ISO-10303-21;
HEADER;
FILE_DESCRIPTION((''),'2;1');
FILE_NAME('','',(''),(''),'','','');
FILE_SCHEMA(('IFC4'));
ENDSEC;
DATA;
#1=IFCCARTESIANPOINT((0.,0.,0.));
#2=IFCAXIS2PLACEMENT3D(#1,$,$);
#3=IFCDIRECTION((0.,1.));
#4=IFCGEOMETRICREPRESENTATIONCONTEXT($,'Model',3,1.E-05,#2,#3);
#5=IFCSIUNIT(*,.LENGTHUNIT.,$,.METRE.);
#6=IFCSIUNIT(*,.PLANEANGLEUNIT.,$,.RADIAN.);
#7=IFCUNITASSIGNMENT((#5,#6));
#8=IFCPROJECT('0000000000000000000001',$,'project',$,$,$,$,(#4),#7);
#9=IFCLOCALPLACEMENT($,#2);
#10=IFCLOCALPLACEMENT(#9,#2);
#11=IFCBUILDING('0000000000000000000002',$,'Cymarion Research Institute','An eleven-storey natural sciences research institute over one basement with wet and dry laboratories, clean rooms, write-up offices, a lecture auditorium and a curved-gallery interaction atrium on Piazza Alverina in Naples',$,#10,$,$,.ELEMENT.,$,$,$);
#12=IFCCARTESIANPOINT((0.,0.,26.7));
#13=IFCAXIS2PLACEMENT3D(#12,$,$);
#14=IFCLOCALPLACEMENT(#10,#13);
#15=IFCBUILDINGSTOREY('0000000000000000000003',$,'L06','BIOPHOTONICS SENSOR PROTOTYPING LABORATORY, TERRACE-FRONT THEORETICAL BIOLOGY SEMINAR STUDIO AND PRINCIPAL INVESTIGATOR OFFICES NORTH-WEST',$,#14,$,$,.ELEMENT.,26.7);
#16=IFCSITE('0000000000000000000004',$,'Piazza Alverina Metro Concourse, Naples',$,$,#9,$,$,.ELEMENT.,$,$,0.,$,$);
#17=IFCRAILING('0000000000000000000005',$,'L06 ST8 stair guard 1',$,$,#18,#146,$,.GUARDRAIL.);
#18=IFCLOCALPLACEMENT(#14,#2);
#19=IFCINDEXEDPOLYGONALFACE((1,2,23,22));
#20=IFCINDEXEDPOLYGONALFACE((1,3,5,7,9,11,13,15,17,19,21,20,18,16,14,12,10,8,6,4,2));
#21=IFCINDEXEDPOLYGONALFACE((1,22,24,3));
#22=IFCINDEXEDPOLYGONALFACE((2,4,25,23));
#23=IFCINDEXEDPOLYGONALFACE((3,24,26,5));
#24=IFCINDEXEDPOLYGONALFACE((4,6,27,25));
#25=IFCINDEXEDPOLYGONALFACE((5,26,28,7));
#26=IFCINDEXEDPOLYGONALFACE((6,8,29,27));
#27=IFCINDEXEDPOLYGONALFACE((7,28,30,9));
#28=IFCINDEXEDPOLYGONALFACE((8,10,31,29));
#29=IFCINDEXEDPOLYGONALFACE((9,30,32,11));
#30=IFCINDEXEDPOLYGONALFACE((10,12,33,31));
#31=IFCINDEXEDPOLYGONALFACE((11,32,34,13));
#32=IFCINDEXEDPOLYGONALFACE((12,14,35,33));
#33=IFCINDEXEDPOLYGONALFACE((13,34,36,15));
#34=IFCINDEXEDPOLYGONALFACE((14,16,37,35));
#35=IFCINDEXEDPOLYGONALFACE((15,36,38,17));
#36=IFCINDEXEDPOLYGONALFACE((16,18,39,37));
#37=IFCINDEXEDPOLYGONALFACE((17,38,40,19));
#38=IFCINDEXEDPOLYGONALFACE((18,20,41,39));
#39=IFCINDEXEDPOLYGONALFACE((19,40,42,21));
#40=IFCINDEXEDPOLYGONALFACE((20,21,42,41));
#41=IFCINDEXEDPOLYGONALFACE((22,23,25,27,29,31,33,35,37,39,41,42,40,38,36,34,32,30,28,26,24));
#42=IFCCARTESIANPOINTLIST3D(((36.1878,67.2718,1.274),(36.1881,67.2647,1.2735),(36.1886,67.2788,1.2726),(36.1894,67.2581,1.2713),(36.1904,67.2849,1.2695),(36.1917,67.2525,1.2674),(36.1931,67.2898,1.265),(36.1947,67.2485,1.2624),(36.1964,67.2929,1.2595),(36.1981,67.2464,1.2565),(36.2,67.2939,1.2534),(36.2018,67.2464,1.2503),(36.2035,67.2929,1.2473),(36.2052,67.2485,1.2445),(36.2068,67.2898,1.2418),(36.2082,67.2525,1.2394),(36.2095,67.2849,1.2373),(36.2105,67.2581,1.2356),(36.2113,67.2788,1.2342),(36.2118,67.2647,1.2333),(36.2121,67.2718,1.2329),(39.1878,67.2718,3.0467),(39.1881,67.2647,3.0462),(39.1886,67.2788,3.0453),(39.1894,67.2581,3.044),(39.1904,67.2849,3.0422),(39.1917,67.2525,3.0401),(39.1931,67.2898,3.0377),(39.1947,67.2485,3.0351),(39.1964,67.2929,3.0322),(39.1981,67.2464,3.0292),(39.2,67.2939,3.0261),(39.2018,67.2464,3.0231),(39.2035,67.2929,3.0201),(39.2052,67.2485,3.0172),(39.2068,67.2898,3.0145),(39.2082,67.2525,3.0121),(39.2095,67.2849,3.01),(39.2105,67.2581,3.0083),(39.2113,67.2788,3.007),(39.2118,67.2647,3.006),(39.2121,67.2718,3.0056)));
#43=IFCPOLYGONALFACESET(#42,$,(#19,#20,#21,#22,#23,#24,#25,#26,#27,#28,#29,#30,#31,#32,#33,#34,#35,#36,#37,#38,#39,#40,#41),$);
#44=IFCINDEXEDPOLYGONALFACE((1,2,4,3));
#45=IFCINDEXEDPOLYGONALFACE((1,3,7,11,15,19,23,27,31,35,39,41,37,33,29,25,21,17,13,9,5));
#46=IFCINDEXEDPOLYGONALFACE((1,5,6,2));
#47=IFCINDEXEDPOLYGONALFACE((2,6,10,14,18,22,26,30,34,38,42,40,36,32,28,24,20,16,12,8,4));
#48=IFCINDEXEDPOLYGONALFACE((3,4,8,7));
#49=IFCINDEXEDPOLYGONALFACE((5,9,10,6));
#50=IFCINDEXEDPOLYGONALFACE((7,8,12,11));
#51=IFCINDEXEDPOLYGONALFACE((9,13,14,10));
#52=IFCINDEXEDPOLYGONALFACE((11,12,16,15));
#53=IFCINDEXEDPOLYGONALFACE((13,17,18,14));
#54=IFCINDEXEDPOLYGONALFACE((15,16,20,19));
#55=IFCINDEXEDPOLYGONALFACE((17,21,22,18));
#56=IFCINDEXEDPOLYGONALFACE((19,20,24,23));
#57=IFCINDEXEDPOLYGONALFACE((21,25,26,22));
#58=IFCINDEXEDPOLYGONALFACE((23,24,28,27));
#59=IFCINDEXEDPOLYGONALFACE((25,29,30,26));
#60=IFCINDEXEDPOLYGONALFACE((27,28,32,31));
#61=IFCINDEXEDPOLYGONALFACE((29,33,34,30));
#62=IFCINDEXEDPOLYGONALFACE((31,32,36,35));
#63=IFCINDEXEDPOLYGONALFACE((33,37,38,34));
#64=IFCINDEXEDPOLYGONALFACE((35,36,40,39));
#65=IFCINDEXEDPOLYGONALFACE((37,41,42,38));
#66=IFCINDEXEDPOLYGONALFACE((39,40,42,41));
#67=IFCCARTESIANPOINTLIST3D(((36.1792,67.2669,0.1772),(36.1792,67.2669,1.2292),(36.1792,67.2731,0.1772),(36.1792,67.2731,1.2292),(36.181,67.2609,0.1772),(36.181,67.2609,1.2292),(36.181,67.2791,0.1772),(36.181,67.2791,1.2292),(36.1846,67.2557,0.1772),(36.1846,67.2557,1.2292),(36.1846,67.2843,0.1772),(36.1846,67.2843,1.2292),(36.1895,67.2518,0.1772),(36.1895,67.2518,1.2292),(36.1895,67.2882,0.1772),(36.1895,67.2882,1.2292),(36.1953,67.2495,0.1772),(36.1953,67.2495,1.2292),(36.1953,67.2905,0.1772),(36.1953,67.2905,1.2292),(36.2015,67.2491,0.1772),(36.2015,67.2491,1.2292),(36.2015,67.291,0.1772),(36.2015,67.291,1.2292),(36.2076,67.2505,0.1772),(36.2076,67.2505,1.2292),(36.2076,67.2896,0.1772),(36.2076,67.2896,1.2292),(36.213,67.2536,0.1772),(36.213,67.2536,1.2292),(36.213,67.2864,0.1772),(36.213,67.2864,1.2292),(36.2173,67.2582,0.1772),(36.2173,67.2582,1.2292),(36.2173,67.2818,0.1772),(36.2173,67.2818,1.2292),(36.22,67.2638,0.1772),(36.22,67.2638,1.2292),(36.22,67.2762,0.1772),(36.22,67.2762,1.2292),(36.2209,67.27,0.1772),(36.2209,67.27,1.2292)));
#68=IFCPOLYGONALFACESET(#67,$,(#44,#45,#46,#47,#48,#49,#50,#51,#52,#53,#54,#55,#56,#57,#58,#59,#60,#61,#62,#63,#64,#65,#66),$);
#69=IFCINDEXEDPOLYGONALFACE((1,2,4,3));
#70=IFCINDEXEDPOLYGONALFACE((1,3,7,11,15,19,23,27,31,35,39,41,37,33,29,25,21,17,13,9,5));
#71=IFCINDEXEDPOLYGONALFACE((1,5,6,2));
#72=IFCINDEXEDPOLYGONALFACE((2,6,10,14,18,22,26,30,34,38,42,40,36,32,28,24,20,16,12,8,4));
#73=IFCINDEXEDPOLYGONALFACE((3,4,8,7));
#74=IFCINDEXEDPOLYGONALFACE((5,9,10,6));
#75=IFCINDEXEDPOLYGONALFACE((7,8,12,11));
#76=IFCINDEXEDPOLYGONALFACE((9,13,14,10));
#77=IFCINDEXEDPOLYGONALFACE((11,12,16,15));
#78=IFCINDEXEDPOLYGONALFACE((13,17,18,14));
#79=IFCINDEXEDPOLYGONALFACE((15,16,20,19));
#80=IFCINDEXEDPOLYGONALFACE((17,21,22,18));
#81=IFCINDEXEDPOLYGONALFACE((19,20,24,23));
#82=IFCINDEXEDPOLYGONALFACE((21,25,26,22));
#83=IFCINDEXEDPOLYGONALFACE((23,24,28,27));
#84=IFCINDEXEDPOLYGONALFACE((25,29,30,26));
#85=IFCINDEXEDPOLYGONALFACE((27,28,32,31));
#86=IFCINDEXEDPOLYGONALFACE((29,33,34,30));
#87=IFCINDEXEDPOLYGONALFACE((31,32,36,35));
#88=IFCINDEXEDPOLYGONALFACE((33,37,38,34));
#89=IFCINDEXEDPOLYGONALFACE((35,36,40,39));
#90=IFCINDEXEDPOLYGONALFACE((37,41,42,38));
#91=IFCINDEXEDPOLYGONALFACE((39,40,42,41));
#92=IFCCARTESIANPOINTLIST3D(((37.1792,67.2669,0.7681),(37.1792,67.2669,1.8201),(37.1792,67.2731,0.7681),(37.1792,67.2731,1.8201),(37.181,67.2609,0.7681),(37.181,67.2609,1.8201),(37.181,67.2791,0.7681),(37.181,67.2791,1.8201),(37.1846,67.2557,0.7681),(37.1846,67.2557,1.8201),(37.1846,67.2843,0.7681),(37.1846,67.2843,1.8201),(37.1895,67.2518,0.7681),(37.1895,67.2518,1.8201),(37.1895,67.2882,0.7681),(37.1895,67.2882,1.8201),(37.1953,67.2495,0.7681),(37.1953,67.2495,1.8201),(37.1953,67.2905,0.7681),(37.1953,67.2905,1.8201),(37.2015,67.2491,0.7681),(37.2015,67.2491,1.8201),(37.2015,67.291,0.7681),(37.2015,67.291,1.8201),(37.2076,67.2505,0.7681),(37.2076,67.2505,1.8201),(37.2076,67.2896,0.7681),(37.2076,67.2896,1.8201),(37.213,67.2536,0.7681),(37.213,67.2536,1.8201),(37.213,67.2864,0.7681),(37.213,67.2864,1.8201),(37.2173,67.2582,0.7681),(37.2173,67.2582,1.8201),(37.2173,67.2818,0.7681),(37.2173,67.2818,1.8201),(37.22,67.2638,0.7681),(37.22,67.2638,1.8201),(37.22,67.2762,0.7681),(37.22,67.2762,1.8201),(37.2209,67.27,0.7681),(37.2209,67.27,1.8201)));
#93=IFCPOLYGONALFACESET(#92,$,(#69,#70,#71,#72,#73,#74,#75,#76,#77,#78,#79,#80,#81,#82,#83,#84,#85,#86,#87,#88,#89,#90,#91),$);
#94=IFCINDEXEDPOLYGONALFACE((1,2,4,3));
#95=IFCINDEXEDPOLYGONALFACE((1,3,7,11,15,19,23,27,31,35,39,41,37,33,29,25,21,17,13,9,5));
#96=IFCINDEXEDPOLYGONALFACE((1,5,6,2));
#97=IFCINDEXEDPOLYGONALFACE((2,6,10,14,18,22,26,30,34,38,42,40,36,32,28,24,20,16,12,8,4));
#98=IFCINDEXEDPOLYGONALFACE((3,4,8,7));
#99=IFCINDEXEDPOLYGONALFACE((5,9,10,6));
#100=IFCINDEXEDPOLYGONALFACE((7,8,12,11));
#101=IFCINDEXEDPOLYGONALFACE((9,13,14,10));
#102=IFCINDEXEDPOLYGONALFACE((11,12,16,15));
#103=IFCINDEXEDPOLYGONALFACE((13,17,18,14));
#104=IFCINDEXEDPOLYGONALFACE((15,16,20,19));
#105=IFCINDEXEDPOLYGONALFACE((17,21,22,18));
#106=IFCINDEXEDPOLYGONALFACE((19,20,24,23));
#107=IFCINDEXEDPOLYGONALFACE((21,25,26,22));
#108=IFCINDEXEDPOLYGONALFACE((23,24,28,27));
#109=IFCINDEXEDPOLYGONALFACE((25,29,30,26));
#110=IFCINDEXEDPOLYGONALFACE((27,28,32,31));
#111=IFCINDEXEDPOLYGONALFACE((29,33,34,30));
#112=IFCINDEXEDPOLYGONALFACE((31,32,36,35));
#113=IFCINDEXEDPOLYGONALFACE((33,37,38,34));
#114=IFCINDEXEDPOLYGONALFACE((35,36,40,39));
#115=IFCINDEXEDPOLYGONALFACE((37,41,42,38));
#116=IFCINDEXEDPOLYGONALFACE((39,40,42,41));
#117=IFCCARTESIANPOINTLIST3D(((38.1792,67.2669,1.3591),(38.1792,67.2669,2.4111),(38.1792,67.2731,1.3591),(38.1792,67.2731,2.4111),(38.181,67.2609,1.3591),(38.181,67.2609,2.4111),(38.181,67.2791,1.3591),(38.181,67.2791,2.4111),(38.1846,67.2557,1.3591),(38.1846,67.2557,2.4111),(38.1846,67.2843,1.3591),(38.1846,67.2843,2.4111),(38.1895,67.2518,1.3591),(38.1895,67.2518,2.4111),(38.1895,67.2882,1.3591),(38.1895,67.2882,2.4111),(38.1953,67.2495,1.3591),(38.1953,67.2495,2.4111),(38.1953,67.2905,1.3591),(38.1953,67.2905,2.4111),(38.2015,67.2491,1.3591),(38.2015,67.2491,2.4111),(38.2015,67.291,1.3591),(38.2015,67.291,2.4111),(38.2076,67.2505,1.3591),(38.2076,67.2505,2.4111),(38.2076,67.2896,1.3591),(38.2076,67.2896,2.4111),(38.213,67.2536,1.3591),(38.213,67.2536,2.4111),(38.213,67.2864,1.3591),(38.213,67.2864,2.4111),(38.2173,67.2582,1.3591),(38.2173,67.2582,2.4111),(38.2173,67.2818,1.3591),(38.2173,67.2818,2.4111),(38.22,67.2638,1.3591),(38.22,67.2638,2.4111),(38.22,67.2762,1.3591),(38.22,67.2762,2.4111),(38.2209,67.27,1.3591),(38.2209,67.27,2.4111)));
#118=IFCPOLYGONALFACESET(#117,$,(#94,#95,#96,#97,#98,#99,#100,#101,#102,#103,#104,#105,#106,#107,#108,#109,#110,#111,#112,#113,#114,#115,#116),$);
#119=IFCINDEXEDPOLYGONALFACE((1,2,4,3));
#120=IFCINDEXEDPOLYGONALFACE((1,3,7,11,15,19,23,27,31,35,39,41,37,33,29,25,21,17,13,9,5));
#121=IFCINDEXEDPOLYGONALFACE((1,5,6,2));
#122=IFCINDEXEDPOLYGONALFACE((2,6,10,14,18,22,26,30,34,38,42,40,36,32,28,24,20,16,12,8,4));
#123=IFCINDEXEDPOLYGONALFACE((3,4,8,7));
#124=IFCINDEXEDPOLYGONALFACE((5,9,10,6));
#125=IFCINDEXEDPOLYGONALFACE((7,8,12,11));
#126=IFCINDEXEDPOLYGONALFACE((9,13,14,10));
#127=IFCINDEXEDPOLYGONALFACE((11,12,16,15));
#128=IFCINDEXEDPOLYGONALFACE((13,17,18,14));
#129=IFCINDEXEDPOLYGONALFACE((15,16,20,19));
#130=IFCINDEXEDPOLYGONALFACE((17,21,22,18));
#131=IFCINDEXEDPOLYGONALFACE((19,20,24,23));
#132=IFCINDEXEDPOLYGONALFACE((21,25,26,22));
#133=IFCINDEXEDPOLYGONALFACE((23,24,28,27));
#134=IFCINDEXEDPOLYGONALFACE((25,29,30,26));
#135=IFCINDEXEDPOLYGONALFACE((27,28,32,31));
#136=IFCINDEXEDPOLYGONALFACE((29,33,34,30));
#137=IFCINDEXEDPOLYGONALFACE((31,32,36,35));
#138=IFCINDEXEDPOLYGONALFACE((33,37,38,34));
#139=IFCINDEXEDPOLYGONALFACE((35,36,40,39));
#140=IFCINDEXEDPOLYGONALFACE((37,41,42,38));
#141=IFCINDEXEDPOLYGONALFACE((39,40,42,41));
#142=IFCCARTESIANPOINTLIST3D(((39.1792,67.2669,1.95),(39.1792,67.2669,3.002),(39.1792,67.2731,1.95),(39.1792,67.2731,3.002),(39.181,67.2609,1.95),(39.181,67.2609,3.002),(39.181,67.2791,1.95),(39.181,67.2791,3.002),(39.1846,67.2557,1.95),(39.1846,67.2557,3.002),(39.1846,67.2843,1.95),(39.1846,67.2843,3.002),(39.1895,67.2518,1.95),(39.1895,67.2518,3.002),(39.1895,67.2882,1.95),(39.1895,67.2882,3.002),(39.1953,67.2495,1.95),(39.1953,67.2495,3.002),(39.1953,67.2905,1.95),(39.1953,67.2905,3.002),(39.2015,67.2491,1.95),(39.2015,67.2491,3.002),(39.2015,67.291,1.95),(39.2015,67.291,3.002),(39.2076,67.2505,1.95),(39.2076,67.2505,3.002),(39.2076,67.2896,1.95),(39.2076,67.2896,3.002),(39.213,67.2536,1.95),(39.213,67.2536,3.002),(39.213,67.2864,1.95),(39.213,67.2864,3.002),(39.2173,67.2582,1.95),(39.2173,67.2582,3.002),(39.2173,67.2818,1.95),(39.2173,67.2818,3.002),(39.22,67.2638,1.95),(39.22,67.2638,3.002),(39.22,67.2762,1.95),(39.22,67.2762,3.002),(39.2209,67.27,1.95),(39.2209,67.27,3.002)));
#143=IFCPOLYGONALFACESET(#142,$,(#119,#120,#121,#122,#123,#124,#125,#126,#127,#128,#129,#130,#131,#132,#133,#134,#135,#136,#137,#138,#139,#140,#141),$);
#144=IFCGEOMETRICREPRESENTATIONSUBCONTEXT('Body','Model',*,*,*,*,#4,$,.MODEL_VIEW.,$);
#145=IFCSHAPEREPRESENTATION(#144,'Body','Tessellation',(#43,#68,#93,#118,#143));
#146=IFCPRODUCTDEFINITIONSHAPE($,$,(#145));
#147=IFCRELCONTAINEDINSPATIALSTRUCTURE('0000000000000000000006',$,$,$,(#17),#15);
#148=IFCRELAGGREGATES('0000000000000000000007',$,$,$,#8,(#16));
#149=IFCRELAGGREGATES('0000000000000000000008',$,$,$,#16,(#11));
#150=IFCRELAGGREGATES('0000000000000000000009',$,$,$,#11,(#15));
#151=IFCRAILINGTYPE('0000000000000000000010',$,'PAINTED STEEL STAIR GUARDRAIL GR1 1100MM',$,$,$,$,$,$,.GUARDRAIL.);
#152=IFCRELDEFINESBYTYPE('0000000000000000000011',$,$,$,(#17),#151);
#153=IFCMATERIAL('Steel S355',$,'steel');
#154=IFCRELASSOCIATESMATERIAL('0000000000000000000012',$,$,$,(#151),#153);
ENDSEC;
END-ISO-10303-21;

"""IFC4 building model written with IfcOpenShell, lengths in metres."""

from ifc_helpers import new_model, si_unit, direction, frame, origin, origin_2d, place, context, subcontext, project, spatial, circle, extrude, material, type_object, element, save


model = new_model("IFC4")

# Units and contexts
model_context = context("Model", 3, precision=1e-05, world=origin(), true_north=direction((0.0, 1.0)))
body_context = subcontext(model_context, "Body", "Model", "MODEL_VIEW")
ifc_project = project(units=[si_unit("LENGTHUNIT", "METRE"), si_unit("PLANEANGLEUNIT", "RADIAN")], contexts=[model_context])

# Site, building, storey
site_placement = place(None, origin())
site = spatial("IfcSite", under=ifc_project, at=site_placement, Name="Piazza Alverina Metro Concourse, Naples", CompositionType="ELEMENT", RefElevation=0.0)
building_placement = place(site_placement, origin())
building = spatial("IfcBuilding", under=site, at=building_placement, Name="Cymarion Research Institute", Description="An eleven-storey natural sciences research institute over one basement with wet and dry laboratories, clean rooms, write-up offices, a lecture auditorium and a curved-gallery interaction atrium on Piazza Alverina in Naples", CompositionType="ELEMENT")
storey_placement = place(building_placement, frame((0.0, 0.0, 26.7)))
storey = spatial("IfcBuildingStorey", under=building, at=storey_placement, Name="L06", Description="BIOPHOTONICS SENSOR PROTOTYPING LABORATORY, TERRACE-FRONT THEORETICAL BIOLOGY SEMINAR STUDIO AND PRINCIPAL INVESTIGATOR OFFICES NORTH-WEST", CompositionType="ELEMENT", Elevation=26.7)

# Railing
ifc_material_1 = material(Name="Steel S355", Category="steel")
railing_type_1 = type_object("IfcRailingType", Name="PAINTED STEEL STAIR GUARDRAIL GR1 1100MM", PredefinedType="GUARDRAIL", material=ifc_material_1)
railing_1_placement = place(storey_placement, frame((36.2, 67.27, 0.1772)))
element("IfcRailing", 1, at=railing_1_placement, inside=storey, type_object=railing_type_1, Name="L06 ST8 stair guard 1", PredefinedType="GUARDRAIL", context=body_context, shape_type="SweptSolid", body=[
    extrude(circle(Radius=0.0239, at=origin_2d()), frame((0.0, 0.0, 1.0762), z_axis=(0.860929, 0.0, 0.508725), x_axis=(0.0, 1.0, 0.0)), (0.0, 0.0, 1.0), 3.4846),
    extrude(circle(Radius=0.021, at=origin_2d()), origin(), (0.0, 0.0, 1.0), 1.052),
    extrude(circle(Radius=0.021, at=origin_2d()), frame((1.0, 0.0, 0.5908)), (0.0, 0.0, 1.0), 1.052),
    extrude(circle(Radius=0.021, at=origin_2d()), frame((2.0, 0.0, 1.1819)), (0.0, 0.0, 1.0), 1.052),
    extrude(circle(Radius=0.021, at=origin_2d()), frame((3.0, 0.0, 1.7727)), (0.0, 0.0, 1.0), 1.052),
])

save(model, "model.ifc")
